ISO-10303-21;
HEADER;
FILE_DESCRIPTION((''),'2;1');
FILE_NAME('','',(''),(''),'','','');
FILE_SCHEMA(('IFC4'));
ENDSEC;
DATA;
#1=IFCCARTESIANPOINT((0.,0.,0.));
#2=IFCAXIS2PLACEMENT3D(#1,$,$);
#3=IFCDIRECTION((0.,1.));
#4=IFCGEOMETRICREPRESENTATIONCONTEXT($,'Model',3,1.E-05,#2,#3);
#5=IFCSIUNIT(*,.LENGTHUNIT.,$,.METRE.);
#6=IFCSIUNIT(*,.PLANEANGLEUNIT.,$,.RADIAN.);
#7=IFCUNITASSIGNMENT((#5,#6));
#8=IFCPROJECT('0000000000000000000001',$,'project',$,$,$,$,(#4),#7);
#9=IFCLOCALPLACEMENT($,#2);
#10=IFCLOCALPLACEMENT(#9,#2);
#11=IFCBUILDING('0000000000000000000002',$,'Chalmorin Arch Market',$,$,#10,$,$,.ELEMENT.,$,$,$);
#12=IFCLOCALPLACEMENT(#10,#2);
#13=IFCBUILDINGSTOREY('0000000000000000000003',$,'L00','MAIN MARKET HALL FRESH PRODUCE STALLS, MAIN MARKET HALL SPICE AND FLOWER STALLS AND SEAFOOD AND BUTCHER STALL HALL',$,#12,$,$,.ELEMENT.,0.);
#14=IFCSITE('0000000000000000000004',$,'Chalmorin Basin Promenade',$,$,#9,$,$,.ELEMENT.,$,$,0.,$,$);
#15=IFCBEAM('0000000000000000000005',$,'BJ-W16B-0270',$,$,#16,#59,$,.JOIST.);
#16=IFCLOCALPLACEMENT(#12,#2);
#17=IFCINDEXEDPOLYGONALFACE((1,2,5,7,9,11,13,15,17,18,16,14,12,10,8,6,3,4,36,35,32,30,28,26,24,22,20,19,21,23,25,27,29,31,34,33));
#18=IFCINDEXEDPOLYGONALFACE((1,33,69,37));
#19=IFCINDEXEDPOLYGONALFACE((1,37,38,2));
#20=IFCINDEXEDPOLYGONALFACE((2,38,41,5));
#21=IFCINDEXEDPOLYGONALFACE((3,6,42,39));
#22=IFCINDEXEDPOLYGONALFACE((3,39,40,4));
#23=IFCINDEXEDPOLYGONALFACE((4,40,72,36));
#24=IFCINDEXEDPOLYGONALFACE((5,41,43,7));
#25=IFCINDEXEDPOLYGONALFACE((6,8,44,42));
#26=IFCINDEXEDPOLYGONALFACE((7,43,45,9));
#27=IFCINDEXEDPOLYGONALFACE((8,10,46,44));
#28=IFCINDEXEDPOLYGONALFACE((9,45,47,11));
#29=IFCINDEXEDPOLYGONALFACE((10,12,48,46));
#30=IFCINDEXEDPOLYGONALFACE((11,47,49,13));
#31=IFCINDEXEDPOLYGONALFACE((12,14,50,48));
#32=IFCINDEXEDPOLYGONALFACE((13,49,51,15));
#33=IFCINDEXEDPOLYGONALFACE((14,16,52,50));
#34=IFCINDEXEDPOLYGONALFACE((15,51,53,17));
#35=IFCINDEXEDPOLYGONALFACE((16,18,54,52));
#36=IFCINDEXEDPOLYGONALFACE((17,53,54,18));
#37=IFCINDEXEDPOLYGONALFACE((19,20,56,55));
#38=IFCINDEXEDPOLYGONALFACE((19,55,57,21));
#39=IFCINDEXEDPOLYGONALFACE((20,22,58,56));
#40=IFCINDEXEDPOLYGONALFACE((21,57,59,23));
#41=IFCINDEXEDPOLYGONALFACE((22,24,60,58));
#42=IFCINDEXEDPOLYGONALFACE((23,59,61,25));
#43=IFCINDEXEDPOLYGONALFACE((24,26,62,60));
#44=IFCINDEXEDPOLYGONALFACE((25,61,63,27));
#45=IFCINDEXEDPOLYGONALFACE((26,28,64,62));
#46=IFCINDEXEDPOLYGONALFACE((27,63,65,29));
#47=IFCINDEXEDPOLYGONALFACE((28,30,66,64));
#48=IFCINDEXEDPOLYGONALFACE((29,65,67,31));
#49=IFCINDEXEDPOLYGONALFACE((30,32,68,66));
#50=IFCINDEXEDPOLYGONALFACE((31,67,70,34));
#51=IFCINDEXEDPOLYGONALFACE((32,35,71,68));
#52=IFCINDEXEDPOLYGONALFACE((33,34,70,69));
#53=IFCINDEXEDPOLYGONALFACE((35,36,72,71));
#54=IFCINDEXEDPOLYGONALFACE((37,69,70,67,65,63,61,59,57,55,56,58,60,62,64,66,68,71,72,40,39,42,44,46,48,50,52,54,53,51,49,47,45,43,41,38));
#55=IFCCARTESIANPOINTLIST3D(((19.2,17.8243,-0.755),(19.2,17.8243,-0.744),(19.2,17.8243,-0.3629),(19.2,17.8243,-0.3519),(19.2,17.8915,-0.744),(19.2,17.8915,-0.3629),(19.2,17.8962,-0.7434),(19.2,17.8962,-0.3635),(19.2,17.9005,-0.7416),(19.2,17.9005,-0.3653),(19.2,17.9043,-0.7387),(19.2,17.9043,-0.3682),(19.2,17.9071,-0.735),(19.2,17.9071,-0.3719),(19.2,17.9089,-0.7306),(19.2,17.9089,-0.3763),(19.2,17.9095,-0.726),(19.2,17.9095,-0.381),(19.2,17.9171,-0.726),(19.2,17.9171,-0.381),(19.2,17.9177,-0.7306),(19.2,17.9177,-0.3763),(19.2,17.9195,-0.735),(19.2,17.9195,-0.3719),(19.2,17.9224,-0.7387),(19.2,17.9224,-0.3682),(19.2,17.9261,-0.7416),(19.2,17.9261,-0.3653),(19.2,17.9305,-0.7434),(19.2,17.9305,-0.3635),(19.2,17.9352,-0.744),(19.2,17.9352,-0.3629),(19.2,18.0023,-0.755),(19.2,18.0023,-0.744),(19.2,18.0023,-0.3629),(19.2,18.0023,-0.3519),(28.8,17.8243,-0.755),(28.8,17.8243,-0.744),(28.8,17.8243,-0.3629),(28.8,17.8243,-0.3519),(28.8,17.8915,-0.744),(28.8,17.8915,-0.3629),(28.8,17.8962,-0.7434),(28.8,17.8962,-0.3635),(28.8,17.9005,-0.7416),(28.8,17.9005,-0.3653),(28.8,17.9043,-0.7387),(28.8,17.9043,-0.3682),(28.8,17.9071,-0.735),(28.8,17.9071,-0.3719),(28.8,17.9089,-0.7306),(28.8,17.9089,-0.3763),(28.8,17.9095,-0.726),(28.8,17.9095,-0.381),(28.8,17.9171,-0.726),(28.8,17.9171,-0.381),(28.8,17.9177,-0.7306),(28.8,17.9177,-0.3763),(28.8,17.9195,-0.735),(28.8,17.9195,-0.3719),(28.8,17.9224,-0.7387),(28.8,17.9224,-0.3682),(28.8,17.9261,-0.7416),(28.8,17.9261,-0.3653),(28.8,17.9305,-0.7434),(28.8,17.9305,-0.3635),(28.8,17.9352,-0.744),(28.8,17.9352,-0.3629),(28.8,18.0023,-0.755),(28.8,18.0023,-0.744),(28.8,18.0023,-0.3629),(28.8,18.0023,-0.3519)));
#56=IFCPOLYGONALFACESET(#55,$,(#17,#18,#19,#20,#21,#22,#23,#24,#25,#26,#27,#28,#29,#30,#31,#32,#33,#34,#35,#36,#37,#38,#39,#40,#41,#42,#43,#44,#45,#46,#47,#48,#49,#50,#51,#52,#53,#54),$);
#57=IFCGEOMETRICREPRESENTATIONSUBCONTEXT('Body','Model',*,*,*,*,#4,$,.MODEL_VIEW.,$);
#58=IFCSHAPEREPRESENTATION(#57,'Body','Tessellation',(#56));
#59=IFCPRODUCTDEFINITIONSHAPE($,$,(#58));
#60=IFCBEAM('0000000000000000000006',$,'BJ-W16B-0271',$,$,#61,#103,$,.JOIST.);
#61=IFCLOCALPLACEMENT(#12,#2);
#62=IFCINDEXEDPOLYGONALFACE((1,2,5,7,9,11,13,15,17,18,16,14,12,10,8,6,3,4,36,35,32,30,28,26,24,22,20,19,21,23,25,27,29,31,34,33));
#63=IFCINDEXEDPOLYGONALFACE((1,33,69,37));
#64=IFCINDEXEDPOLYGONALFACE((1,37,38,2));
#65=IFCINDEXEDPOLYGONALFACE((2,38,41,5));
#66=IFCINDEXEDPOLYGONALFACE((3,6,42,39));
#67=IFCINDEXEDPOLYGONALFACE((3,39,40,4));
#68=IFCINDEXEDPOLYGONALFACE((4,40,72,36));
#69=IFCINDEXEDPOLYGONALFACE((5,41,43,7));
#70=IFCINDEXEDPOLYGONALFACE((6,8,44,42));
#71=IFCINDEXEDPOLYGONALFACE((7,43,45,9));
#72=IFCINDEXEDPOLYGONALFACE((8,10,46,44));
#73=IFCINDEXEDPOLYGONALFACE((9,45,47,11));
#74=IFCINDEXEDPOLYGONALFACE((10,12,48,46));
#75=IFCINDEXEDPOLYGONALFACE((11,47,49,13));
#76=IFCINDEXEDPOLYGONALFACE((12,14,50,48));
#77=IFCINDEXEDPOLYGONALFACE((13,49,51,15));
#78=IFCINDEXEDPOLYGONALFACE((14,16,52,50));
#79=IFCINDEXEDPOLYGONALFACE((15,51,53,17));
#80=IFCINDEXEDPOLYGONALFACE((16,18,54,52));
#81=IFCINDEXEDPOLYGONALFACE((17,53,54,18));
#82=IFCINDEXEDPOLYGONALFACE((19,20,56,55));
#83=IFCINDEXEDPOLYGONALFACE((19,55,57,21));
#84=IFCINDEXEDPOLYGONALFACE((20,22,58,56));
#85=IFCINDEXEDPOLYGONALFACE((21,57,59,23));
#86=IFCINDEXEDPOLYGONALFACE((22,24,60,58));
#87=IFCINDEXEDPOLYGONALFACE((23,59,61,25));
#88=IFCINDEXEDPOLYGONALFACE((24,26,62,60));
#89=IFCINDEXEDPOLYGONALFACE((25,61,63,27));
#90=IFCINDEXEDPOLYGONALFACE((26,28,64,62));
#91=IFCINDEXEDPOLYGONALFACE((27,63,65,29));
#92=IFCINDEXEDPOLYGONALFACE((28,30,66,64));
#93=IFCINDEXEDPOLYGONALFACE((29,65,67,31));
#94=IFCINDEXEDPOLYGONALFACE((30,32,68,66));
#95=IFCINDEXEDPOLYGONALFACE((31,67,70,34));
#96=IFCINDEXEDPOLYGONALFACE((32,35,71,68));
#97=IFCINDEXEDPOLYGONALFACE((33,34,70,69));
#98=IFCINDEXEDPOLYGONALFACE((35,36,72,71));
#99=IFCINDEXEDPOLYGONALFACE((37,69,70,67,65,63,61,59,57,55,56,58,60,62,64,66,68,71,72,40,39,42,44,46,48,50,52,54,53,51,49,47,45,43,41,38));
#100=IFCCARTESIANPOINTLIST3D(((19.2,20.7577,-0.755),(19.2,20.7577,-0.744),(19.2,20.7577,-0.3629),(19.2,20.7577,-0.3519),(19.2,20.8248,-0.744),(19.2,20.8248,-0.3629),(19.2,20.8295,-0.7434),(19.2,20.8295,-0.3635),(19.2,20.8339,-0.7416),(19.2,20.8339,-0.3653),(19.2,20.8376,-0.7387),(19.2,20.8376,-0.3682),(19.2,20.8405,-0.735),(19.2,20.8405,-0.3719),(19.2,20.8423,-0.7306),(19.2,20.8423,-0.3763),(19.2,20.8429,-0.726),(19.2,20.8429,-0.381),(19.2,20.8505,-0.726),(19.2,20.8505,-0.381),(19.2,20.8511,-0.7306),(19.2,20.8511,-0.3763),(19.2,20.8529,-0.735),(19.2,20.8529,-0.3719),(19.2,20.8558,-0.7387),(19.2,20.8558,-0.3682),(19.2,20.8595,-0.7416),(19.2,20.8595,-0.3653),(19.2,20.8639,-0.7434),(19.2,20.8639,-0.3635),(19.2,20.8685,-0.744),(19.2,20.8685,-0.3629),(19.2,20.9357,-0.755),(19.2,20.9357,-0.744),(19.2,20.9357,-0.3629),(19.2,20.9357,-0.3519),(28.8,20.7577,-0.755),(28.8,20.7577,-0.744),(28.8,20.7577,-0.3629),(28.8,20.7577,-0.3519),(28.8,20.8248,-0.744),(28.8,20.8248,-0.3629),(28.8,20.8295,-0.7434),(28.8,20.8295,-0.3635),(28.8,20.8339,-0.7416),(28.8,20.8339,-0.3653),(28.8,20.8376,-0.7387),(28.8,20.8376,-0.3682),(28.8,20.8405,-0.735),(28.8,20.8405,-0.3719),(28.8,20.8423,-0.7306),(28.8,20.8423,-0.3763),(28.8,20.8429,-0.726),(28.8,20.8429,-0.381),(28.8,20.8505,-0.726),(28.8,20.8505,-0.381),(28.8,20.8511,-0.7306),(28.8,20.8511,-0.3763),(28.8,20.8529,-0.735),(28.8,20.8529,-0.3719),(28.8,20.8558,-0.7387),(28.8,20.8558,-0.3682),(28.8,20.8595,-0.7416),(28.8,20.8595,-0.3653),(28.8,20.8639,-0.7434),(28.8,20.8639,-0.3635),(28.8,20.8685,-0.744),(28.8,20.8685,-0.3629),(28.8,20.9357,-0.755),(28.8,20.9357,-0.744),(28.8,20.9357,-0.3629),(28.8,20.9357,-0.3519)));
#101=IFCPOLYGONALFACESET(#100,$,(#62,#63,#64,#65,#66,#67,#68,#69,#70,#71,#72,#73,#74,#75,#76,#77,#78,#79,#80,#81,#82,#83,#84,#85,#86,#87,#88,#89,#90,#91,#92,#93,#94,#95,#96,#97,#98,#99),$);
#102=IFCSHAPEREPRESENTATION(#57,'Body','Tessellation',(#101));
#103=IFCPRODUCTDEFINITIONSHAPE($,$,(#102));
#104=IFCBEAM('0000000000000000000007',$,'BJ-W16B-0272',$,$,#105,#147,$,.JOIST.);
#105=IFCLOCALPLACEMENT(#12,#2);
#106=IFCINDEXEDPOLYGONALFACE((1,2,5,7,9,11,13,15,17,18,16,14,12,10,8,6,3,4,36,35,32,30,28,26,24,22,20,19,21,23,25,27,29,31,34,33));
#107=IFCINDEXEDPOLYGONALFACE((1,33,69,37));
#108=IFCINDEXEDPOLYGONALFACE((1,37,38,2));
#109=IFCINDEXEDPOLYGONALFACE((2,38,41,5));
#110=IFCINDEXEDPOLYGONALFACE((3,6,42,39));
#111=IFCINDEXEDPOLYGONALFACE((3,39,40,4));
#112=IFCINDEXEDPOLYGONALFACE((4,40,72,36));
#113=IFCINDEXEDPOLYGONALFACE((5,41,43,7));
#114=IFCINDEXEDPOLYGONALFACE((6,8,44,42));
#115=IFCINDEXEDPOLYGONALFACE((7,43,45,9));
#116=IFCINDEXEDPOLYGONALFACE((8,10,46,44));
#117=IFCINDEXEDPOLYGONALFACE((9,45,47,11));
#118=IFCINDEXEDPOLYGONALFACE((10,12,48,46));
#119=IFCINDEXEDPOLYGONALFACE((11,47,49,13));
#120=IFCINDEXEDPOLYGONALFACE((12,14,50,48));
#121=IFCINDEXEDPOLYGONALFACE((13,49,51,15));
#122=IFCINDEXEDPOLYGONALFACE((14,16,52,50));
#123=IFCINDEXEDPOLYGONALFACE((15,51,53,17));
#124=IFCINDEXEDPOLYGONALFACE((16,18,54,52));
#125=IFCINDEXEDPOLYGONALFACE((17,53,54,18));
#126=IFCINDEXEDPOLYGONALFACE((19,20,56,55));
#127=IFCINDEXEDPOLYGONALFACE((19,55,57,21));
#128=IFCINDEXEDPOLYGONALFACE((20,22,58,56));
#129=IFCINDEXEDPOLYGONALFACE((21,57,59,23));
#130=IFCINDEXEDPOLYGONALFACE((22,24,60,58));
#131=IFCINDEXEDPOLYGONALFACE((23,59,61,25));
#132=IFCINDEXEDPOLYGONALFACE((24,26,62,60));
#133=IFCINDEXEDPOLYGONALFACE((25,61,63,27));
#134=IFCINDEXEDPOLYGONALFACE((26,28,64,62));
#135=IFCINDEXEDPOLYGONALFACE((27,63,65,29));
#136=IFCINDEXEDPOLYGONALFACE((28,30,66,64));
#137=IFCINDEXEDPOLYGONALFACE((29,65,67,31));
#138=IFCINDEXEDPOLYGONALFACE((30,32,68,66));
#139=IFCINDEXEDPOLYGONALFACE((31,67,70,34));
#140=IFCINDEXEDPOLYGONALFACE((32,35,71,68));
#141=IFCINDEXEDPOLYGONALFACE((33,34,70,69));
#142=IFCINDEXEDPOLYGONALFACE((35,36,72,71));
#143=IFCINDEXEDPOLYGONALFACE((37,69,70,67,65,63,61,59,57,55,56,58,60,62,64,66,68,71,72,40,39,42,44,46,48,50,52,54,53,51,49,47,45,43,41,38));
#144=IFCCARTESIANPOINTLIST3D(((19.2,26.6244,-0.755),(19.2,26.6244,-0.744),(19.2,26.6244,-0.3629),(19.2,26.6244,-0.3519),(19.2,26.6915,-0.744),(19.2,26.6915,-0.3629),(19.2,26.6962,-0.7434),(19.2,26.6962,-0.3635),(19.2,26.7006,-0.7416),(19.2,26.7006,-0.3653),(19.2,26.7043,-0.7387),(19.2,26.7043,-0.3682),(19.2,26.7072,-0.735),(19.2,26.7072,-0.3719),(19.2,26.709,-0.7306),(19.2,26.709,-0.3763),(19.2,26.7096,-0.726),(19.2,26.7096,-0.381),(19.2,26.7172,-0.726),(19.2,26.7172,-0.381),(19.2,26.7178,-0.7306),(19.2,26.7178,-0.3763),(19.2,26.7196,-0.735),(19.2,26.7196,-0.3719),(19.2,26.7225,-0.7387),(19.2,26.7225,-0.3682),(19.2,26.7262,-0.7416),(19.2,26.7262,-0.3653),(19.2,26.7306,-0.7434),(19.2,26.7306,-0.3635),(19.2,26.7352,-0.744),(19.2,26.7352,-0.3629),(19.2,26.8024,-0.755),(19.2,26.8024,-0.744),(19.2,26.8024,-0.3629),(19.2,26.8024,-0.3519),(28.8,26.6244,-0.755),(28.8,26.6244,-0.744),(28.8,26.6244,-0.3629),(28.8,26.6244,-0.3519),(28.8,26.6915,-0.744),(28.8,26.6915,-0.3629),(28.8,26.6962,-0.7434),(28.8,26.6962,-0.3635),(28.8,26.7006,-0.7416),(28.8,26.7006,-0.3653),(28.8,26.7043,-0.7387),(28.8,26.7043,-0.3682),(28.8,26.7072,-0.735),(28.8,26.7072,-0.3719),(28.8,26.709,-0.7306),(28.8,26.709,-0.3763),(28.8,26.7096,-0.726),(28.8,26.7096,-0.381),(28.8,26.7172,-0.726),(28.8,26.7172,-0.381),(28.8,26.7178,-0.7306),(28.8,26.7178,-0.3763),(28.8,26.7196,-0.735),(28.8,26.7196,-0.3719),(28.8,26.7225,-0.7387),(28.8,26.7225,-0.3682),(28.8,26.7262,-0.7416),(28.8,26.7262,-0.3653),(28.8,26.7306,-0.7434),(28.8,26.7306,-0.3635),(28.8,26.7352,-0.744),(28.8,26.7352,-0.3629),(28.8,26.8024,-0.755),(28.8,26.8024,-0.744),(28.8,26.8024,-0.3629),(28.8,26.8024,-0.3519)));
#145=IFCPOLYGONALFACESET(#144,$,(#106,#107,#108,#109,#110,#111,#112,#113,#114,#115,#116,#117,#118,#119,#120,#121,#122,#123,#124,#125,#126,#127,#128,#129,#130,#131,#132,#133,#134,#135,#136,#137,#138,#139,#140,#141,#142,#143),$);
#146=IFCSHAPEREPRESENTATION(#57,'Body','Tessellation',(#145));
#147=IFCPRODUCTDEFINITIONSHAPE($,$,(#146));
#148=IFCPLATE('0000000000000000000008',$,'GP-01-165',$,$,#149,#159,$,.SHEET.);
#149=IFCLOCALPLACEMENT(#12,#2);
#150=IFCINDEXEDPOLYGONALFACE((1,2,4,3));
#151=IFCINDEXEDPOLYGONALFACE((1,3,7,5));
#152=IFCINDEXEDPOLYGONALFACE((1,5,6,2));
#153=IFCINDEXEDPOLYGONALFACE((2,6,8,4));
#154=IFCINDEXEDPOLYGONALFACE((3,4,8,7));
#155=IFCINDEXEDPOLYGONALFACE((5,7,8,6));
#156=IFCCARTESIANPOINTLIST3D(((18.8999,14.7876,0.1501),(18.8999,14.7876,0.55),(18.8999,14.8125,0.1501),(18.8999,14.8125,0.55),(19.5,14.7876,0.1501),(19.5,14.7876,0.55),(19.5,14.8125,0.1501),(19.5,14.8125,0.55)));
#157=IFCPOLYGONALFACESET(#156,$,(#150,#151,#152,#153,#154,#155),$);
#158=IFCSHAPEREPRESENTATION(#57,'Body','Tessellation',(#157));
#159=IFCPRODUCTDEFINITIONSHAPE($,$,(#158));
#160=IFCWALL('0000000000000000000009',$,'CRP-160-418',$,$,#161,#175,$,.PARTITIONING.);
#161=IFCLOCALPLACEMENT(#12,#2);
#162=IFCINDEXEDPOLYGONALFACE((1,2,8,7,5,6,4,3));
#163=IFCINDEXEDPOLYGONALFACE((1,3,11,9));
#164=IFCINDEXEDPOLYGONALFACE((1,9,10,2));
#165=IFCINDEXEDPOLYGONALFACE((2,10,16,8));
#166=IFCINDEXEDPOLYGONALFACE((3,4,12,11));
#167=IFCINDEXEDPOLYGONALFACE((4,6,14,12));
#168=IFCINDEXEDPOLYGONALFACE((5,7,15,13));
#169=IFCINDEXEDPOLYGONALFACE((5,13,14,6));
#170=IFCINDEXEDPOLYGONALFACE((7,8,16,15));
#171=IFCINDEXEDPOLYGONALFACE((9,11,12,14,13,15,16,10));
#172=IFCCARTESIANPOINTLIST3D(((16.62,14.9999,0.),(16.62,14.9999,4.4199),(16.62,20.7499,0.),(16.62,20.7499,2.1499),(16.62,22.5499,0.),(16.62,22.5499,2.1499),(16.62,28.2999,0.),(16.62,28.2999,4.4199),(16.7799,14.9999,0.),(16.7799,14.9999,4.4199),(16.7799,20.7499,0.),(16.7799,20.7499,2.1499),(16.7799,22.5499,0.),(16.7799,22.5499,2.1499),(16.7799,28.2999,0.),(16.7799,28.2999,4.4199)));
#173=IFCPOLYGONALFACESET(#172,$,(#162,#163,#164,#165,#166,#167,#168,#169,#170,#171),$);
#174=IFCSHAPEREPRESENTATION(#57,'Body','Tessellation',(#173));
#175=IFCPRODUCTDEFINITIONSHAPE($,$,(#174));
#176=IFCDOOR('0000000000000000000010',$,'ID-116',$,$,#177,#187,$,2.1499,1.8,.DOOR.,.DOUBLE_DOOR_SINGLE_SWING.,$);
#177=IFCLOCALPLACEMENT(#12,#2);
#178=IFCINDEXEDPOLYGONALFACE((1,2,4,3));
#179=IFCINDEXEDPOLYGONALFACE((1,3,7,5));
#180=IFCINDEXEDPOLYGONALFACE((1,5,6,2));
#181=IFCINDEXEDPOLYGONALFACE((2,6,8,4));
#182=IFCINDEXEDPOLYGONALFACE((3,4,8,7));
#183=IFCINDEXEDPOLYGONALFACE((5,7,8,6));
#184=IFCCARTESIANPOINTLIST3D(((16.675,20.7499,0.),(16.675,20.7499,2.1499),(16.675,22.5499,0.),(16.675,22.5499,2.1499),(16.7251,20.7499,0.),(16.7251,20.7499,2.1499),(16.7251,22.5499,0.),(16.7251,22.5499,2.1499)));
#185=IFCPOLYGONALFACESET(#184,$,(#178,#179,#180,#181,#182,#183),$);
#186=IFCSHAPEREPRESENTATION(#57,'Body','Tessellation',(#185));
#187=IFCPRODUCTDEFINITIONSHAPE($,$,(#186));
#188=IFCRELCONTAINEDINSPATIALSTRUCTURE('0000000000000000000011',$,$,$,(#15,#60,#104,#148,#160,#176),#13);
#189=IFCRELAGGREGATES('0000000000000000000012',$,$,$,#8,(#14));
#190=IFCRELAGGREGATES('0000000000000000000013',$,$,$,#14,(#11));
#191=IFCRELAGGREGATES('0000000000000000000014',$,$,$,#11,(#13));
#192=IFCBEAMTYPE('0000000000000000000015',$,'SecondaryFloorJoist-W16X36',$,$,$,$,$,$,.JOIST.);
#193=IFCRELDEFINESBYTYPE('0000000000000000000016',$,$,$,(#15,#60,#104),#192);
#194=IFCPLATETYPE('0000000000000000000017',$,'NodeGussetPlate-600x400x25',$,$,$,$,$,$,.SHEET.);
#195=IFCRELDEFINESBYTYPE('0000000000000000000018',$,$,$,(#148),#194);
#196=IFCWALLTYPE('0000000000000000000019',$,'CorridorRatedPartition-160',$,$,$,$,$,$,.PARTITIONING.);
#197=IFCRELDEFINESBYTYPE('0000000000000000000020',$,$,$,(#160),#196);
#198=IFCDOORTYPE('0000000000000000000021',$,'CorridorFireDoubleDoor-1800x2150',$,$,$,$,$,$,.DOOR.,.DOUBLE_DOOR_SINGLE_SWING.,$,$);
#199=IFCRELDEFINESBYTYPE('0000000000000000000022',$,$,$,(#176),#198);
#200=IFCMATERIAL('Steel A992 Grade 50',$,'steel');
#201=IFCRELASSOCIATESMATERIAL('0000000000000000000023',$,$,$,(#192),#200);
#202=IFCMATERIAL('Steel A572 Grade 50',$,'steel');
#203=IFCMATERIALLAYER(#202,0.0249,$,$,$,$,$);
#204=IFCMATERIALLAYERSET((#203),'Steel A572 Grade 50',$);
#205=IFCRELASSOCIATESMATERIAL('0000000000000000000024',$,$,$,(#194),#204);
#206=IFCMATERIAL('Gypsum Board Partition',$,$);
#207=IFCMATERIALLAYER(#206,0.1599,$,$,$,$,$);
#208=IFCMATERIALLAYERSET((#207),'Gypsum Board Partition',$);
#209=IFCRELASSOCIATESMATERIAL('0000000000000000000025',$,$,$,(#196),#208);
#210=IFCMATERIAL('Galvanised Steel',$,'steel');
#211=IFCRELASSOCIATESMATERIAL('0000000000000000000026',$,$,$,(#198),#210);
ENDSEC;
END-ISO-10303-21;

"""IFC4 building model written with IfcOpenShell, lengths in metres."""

from ifc_helpers import new_model, si_unit, direction, frame, frame_2d, origin, origin_2d, place, context, subcontext, project, spatial, rectangle, i_section, extrude, material, layer, layer_set, material_profile, profile_set, type_object, element, fill, save


model = new_model("IFC4")

# Units and contexts
model_context = context("Model", 3, precision=1e-05, world=origin(), true_north=direction((0.0, 1.0)))
body_context = subcontext(model_context, "Body", "Model", "MODEL_VIEW")
ifc_project = project(units=[si_unit("LENGTHUNIT", "METRE"), si_unit("PLANEANGLEUNIT", "RADIAN")], contexts=[model_context])

# Site, building, storey
site_placement = place(None, origin())
site = spatial("IfcSite", under=ifc_project, at=site_placement, Name="Chalmorin Basin Promenade", CompositionType="ELEMENT", RefElevation=0.0)
building_placement = place(site_placement, origin())
building = spatial("IfcBuilding", under=site, at=building_placement, Name="Chalmorin Arch Market", CompositionType="ELEMENT")
storey_placement = place(building_placement, origin())
storey = spatial("IfcBuildingStorey", under=building, at=storey_placement, Name="L00", Description="MAIN MARKET HALL FRESH PRODUCE STALLS, MAIN MARKET HALL SPICE AND FLOWER STALLS AND SEAFOOD AND BUTCHER STALL HALL", CompositionType="ELEMENT", Elevation=0.0)

# Beams
ifc_material_1 = material(Name="Steel A992 Grade 50", Category="steel")
ifc_material_profile_1 = material_profile(ifc_material_1, i_section(OverallWidth=0.178, OverallDepth=0.4031, WebThickness=0.0076, FlangeThickness=0.011, FilletRadius=0.0181, at=origin_2d()), Name="W16X36")
ifc_profile_set_1 = profile_set([ifc_material_profile_1], Name="Steel A992 Grade 50")
beam_type_1 = type_object("IfcBeamType", Name="SecondaryFloorJoist-W16X36", PredefinedType="JOIST", material=ifc_profile_set_1)
for number, where, z_axis, x_axis, name in (
    (1, (19.2, 17.9133, -0.5535), (1.0, 0.0, 0.0), (0.0, 1.0, 0.0), "BJ-W16B-0270"),
    (2, (19.2, 20.8467, -0.5535), (1.0, 0.0, 0.0), (0.0, 1.0, 0.0), "BJ-W16B-0271"),
    (3, (19.2, 26.7134, -0.5535), (1.0, 0.0, 0.0), (0.0, 1.0, 0.0), "BJ-W16B-0272"),
):
    element("IfcBeam", number, at=place(storey_placement, frame(where, z_axis=z_axis, x_axis=x_axis)), inside=storey, type_object=beam_type_1, Name=name, PredefinedType="JOIST", context=body_context, shape_type="SweptSolid", body=[
        extrude(i_section(OverallWidth=0.178, OverallDepth=0.4031, WebThickness=0.0076, FlangeThickness=0.011, FilletRadius=0.0181, at=origin_2d()), origin(), (0.0, 0.0, 1.0), 9.6001),
    ])

# Plate
ifc_material_2 = material(Name="Steel A572 Grade 50", Category="steel")
ifc_layer_1 = layer(ifc_material_2, 0.0249)
ifc_layer_set_1 = layer_set([ifc_layer_1], Name="Steel A572 Grade 50")
plate_type = type_object("IfcPlateType", Name="NodeGussetPlate-600x400x25", PredefinedType="SHEET", material=ifc_layer_set_1)
plate_placement = place(storey_placement, frame((19.2, 14.8, 0.1501), z_axis=(0.0, 0.0, 1.0), x_axis=(1.0, 0.0, 0.0)))
element("IfcPlate", 4, at=plate_placement, inside=storey, type_object=plate_type, Name="GP-01-165", PredefinedType="SHEET", context=body_context, shape_type="SweptSolid", body=[
    extrude(rectangle(XDim=0.6001, YDim=0.0249, at=origin_2d()), origin(), (0.0, 0.0, 1.0), 0.3999),
])

# Wall, opening, door
ifc_material_3 = material(Name="Gypsum Board Partition")
ifc_layer_2 = layer(ifc_material_3, 0.1599)
ifc_layer_set_2 = layer_set([ifc_layer_2], Name="Gypsum Board Partition")
wall_type = type_object("IfcWallType", Name="CorridorRatedPartition-160", PredefinedType="PARTITIONING", material=ifc_layer_set_2)
ifc_material_4 = material(Name="Galvanised Steel", Category="steel")
door_type = type_object("IfcDoorType", Name="CorridorFireDoubleDoor-1800x2150", OperationType="DOUBLE_DOOR_SINGLE_SWING", PredefinedType="DOOR", material=ifc_material_4)
wall_1_placement = place(storey_placement, frame((16.7, 15.0, 0.0), z_axis=(0.0, 0.0, 1.0), x_axis=(0.0, 1.0, 0.0)))
wall_1 = element("IfcWall", 5, at=wall_1_placement, inside=storey, type_object=wall_type, Name="CRP-160-418", PredefinedType="PARTITIONING", context=body_context, shape_type="SweptSolid", body=[
    extrude(rectangle(XDim=13.3, YDim=0.1599, at=frame_2d((6.6499, 0.0))), origin(), (0.0, 0.0, 1.0), 4.4199),
])
opening_1_placement = place(wall_1_placement, frame((5.75, 0.0, 0.0)))
opening_1 = element("IfcOpeningElement", 6, at=opening_1_placement, cuts=wall_1, PredefinedType="OPENING", context=body_context, shape_type="SweptSolid", body=[
    extrude(rectangle(XDim=1.8, YDim=2.1499, at=frame_2d((0.8999, 1.075))), frame((0.0, 0.0898, 0.0), z_axis=(0.0, -1.0, 0.0), x_axis=(1.0, 0.0, 0.0)), (0.0, 0.0, 1.0), 0.1799),
])
door_1_placement = place(opening_1_placement, origin())
door_1 = element("IfcDoor", 7, at=door_1_placement, inside=storey, type_object=door_type, Name="ID-116", OperationType="DOUBLE_DOOR_SINGLE_SWING", OverallHeight=2.1499, OverallWidth=1.8, PredefinedType="DOOR", context=body_context, shape_type="SweptSolid", body=[
    extrude(rectangle(XDim=1.8, YDim=2.1499, at=frame_2d((0.8999, 1.075))), frame((0.0, 0.0249, 0.0), z_axis=(0.0, -1.0, 0.0), x_axis=(1.0, 0.0, 0.0)), (0.0, 0.0, 1.0), 0.05),
])
fill(opening_1, door_1)

save(model, "model.ifc")
